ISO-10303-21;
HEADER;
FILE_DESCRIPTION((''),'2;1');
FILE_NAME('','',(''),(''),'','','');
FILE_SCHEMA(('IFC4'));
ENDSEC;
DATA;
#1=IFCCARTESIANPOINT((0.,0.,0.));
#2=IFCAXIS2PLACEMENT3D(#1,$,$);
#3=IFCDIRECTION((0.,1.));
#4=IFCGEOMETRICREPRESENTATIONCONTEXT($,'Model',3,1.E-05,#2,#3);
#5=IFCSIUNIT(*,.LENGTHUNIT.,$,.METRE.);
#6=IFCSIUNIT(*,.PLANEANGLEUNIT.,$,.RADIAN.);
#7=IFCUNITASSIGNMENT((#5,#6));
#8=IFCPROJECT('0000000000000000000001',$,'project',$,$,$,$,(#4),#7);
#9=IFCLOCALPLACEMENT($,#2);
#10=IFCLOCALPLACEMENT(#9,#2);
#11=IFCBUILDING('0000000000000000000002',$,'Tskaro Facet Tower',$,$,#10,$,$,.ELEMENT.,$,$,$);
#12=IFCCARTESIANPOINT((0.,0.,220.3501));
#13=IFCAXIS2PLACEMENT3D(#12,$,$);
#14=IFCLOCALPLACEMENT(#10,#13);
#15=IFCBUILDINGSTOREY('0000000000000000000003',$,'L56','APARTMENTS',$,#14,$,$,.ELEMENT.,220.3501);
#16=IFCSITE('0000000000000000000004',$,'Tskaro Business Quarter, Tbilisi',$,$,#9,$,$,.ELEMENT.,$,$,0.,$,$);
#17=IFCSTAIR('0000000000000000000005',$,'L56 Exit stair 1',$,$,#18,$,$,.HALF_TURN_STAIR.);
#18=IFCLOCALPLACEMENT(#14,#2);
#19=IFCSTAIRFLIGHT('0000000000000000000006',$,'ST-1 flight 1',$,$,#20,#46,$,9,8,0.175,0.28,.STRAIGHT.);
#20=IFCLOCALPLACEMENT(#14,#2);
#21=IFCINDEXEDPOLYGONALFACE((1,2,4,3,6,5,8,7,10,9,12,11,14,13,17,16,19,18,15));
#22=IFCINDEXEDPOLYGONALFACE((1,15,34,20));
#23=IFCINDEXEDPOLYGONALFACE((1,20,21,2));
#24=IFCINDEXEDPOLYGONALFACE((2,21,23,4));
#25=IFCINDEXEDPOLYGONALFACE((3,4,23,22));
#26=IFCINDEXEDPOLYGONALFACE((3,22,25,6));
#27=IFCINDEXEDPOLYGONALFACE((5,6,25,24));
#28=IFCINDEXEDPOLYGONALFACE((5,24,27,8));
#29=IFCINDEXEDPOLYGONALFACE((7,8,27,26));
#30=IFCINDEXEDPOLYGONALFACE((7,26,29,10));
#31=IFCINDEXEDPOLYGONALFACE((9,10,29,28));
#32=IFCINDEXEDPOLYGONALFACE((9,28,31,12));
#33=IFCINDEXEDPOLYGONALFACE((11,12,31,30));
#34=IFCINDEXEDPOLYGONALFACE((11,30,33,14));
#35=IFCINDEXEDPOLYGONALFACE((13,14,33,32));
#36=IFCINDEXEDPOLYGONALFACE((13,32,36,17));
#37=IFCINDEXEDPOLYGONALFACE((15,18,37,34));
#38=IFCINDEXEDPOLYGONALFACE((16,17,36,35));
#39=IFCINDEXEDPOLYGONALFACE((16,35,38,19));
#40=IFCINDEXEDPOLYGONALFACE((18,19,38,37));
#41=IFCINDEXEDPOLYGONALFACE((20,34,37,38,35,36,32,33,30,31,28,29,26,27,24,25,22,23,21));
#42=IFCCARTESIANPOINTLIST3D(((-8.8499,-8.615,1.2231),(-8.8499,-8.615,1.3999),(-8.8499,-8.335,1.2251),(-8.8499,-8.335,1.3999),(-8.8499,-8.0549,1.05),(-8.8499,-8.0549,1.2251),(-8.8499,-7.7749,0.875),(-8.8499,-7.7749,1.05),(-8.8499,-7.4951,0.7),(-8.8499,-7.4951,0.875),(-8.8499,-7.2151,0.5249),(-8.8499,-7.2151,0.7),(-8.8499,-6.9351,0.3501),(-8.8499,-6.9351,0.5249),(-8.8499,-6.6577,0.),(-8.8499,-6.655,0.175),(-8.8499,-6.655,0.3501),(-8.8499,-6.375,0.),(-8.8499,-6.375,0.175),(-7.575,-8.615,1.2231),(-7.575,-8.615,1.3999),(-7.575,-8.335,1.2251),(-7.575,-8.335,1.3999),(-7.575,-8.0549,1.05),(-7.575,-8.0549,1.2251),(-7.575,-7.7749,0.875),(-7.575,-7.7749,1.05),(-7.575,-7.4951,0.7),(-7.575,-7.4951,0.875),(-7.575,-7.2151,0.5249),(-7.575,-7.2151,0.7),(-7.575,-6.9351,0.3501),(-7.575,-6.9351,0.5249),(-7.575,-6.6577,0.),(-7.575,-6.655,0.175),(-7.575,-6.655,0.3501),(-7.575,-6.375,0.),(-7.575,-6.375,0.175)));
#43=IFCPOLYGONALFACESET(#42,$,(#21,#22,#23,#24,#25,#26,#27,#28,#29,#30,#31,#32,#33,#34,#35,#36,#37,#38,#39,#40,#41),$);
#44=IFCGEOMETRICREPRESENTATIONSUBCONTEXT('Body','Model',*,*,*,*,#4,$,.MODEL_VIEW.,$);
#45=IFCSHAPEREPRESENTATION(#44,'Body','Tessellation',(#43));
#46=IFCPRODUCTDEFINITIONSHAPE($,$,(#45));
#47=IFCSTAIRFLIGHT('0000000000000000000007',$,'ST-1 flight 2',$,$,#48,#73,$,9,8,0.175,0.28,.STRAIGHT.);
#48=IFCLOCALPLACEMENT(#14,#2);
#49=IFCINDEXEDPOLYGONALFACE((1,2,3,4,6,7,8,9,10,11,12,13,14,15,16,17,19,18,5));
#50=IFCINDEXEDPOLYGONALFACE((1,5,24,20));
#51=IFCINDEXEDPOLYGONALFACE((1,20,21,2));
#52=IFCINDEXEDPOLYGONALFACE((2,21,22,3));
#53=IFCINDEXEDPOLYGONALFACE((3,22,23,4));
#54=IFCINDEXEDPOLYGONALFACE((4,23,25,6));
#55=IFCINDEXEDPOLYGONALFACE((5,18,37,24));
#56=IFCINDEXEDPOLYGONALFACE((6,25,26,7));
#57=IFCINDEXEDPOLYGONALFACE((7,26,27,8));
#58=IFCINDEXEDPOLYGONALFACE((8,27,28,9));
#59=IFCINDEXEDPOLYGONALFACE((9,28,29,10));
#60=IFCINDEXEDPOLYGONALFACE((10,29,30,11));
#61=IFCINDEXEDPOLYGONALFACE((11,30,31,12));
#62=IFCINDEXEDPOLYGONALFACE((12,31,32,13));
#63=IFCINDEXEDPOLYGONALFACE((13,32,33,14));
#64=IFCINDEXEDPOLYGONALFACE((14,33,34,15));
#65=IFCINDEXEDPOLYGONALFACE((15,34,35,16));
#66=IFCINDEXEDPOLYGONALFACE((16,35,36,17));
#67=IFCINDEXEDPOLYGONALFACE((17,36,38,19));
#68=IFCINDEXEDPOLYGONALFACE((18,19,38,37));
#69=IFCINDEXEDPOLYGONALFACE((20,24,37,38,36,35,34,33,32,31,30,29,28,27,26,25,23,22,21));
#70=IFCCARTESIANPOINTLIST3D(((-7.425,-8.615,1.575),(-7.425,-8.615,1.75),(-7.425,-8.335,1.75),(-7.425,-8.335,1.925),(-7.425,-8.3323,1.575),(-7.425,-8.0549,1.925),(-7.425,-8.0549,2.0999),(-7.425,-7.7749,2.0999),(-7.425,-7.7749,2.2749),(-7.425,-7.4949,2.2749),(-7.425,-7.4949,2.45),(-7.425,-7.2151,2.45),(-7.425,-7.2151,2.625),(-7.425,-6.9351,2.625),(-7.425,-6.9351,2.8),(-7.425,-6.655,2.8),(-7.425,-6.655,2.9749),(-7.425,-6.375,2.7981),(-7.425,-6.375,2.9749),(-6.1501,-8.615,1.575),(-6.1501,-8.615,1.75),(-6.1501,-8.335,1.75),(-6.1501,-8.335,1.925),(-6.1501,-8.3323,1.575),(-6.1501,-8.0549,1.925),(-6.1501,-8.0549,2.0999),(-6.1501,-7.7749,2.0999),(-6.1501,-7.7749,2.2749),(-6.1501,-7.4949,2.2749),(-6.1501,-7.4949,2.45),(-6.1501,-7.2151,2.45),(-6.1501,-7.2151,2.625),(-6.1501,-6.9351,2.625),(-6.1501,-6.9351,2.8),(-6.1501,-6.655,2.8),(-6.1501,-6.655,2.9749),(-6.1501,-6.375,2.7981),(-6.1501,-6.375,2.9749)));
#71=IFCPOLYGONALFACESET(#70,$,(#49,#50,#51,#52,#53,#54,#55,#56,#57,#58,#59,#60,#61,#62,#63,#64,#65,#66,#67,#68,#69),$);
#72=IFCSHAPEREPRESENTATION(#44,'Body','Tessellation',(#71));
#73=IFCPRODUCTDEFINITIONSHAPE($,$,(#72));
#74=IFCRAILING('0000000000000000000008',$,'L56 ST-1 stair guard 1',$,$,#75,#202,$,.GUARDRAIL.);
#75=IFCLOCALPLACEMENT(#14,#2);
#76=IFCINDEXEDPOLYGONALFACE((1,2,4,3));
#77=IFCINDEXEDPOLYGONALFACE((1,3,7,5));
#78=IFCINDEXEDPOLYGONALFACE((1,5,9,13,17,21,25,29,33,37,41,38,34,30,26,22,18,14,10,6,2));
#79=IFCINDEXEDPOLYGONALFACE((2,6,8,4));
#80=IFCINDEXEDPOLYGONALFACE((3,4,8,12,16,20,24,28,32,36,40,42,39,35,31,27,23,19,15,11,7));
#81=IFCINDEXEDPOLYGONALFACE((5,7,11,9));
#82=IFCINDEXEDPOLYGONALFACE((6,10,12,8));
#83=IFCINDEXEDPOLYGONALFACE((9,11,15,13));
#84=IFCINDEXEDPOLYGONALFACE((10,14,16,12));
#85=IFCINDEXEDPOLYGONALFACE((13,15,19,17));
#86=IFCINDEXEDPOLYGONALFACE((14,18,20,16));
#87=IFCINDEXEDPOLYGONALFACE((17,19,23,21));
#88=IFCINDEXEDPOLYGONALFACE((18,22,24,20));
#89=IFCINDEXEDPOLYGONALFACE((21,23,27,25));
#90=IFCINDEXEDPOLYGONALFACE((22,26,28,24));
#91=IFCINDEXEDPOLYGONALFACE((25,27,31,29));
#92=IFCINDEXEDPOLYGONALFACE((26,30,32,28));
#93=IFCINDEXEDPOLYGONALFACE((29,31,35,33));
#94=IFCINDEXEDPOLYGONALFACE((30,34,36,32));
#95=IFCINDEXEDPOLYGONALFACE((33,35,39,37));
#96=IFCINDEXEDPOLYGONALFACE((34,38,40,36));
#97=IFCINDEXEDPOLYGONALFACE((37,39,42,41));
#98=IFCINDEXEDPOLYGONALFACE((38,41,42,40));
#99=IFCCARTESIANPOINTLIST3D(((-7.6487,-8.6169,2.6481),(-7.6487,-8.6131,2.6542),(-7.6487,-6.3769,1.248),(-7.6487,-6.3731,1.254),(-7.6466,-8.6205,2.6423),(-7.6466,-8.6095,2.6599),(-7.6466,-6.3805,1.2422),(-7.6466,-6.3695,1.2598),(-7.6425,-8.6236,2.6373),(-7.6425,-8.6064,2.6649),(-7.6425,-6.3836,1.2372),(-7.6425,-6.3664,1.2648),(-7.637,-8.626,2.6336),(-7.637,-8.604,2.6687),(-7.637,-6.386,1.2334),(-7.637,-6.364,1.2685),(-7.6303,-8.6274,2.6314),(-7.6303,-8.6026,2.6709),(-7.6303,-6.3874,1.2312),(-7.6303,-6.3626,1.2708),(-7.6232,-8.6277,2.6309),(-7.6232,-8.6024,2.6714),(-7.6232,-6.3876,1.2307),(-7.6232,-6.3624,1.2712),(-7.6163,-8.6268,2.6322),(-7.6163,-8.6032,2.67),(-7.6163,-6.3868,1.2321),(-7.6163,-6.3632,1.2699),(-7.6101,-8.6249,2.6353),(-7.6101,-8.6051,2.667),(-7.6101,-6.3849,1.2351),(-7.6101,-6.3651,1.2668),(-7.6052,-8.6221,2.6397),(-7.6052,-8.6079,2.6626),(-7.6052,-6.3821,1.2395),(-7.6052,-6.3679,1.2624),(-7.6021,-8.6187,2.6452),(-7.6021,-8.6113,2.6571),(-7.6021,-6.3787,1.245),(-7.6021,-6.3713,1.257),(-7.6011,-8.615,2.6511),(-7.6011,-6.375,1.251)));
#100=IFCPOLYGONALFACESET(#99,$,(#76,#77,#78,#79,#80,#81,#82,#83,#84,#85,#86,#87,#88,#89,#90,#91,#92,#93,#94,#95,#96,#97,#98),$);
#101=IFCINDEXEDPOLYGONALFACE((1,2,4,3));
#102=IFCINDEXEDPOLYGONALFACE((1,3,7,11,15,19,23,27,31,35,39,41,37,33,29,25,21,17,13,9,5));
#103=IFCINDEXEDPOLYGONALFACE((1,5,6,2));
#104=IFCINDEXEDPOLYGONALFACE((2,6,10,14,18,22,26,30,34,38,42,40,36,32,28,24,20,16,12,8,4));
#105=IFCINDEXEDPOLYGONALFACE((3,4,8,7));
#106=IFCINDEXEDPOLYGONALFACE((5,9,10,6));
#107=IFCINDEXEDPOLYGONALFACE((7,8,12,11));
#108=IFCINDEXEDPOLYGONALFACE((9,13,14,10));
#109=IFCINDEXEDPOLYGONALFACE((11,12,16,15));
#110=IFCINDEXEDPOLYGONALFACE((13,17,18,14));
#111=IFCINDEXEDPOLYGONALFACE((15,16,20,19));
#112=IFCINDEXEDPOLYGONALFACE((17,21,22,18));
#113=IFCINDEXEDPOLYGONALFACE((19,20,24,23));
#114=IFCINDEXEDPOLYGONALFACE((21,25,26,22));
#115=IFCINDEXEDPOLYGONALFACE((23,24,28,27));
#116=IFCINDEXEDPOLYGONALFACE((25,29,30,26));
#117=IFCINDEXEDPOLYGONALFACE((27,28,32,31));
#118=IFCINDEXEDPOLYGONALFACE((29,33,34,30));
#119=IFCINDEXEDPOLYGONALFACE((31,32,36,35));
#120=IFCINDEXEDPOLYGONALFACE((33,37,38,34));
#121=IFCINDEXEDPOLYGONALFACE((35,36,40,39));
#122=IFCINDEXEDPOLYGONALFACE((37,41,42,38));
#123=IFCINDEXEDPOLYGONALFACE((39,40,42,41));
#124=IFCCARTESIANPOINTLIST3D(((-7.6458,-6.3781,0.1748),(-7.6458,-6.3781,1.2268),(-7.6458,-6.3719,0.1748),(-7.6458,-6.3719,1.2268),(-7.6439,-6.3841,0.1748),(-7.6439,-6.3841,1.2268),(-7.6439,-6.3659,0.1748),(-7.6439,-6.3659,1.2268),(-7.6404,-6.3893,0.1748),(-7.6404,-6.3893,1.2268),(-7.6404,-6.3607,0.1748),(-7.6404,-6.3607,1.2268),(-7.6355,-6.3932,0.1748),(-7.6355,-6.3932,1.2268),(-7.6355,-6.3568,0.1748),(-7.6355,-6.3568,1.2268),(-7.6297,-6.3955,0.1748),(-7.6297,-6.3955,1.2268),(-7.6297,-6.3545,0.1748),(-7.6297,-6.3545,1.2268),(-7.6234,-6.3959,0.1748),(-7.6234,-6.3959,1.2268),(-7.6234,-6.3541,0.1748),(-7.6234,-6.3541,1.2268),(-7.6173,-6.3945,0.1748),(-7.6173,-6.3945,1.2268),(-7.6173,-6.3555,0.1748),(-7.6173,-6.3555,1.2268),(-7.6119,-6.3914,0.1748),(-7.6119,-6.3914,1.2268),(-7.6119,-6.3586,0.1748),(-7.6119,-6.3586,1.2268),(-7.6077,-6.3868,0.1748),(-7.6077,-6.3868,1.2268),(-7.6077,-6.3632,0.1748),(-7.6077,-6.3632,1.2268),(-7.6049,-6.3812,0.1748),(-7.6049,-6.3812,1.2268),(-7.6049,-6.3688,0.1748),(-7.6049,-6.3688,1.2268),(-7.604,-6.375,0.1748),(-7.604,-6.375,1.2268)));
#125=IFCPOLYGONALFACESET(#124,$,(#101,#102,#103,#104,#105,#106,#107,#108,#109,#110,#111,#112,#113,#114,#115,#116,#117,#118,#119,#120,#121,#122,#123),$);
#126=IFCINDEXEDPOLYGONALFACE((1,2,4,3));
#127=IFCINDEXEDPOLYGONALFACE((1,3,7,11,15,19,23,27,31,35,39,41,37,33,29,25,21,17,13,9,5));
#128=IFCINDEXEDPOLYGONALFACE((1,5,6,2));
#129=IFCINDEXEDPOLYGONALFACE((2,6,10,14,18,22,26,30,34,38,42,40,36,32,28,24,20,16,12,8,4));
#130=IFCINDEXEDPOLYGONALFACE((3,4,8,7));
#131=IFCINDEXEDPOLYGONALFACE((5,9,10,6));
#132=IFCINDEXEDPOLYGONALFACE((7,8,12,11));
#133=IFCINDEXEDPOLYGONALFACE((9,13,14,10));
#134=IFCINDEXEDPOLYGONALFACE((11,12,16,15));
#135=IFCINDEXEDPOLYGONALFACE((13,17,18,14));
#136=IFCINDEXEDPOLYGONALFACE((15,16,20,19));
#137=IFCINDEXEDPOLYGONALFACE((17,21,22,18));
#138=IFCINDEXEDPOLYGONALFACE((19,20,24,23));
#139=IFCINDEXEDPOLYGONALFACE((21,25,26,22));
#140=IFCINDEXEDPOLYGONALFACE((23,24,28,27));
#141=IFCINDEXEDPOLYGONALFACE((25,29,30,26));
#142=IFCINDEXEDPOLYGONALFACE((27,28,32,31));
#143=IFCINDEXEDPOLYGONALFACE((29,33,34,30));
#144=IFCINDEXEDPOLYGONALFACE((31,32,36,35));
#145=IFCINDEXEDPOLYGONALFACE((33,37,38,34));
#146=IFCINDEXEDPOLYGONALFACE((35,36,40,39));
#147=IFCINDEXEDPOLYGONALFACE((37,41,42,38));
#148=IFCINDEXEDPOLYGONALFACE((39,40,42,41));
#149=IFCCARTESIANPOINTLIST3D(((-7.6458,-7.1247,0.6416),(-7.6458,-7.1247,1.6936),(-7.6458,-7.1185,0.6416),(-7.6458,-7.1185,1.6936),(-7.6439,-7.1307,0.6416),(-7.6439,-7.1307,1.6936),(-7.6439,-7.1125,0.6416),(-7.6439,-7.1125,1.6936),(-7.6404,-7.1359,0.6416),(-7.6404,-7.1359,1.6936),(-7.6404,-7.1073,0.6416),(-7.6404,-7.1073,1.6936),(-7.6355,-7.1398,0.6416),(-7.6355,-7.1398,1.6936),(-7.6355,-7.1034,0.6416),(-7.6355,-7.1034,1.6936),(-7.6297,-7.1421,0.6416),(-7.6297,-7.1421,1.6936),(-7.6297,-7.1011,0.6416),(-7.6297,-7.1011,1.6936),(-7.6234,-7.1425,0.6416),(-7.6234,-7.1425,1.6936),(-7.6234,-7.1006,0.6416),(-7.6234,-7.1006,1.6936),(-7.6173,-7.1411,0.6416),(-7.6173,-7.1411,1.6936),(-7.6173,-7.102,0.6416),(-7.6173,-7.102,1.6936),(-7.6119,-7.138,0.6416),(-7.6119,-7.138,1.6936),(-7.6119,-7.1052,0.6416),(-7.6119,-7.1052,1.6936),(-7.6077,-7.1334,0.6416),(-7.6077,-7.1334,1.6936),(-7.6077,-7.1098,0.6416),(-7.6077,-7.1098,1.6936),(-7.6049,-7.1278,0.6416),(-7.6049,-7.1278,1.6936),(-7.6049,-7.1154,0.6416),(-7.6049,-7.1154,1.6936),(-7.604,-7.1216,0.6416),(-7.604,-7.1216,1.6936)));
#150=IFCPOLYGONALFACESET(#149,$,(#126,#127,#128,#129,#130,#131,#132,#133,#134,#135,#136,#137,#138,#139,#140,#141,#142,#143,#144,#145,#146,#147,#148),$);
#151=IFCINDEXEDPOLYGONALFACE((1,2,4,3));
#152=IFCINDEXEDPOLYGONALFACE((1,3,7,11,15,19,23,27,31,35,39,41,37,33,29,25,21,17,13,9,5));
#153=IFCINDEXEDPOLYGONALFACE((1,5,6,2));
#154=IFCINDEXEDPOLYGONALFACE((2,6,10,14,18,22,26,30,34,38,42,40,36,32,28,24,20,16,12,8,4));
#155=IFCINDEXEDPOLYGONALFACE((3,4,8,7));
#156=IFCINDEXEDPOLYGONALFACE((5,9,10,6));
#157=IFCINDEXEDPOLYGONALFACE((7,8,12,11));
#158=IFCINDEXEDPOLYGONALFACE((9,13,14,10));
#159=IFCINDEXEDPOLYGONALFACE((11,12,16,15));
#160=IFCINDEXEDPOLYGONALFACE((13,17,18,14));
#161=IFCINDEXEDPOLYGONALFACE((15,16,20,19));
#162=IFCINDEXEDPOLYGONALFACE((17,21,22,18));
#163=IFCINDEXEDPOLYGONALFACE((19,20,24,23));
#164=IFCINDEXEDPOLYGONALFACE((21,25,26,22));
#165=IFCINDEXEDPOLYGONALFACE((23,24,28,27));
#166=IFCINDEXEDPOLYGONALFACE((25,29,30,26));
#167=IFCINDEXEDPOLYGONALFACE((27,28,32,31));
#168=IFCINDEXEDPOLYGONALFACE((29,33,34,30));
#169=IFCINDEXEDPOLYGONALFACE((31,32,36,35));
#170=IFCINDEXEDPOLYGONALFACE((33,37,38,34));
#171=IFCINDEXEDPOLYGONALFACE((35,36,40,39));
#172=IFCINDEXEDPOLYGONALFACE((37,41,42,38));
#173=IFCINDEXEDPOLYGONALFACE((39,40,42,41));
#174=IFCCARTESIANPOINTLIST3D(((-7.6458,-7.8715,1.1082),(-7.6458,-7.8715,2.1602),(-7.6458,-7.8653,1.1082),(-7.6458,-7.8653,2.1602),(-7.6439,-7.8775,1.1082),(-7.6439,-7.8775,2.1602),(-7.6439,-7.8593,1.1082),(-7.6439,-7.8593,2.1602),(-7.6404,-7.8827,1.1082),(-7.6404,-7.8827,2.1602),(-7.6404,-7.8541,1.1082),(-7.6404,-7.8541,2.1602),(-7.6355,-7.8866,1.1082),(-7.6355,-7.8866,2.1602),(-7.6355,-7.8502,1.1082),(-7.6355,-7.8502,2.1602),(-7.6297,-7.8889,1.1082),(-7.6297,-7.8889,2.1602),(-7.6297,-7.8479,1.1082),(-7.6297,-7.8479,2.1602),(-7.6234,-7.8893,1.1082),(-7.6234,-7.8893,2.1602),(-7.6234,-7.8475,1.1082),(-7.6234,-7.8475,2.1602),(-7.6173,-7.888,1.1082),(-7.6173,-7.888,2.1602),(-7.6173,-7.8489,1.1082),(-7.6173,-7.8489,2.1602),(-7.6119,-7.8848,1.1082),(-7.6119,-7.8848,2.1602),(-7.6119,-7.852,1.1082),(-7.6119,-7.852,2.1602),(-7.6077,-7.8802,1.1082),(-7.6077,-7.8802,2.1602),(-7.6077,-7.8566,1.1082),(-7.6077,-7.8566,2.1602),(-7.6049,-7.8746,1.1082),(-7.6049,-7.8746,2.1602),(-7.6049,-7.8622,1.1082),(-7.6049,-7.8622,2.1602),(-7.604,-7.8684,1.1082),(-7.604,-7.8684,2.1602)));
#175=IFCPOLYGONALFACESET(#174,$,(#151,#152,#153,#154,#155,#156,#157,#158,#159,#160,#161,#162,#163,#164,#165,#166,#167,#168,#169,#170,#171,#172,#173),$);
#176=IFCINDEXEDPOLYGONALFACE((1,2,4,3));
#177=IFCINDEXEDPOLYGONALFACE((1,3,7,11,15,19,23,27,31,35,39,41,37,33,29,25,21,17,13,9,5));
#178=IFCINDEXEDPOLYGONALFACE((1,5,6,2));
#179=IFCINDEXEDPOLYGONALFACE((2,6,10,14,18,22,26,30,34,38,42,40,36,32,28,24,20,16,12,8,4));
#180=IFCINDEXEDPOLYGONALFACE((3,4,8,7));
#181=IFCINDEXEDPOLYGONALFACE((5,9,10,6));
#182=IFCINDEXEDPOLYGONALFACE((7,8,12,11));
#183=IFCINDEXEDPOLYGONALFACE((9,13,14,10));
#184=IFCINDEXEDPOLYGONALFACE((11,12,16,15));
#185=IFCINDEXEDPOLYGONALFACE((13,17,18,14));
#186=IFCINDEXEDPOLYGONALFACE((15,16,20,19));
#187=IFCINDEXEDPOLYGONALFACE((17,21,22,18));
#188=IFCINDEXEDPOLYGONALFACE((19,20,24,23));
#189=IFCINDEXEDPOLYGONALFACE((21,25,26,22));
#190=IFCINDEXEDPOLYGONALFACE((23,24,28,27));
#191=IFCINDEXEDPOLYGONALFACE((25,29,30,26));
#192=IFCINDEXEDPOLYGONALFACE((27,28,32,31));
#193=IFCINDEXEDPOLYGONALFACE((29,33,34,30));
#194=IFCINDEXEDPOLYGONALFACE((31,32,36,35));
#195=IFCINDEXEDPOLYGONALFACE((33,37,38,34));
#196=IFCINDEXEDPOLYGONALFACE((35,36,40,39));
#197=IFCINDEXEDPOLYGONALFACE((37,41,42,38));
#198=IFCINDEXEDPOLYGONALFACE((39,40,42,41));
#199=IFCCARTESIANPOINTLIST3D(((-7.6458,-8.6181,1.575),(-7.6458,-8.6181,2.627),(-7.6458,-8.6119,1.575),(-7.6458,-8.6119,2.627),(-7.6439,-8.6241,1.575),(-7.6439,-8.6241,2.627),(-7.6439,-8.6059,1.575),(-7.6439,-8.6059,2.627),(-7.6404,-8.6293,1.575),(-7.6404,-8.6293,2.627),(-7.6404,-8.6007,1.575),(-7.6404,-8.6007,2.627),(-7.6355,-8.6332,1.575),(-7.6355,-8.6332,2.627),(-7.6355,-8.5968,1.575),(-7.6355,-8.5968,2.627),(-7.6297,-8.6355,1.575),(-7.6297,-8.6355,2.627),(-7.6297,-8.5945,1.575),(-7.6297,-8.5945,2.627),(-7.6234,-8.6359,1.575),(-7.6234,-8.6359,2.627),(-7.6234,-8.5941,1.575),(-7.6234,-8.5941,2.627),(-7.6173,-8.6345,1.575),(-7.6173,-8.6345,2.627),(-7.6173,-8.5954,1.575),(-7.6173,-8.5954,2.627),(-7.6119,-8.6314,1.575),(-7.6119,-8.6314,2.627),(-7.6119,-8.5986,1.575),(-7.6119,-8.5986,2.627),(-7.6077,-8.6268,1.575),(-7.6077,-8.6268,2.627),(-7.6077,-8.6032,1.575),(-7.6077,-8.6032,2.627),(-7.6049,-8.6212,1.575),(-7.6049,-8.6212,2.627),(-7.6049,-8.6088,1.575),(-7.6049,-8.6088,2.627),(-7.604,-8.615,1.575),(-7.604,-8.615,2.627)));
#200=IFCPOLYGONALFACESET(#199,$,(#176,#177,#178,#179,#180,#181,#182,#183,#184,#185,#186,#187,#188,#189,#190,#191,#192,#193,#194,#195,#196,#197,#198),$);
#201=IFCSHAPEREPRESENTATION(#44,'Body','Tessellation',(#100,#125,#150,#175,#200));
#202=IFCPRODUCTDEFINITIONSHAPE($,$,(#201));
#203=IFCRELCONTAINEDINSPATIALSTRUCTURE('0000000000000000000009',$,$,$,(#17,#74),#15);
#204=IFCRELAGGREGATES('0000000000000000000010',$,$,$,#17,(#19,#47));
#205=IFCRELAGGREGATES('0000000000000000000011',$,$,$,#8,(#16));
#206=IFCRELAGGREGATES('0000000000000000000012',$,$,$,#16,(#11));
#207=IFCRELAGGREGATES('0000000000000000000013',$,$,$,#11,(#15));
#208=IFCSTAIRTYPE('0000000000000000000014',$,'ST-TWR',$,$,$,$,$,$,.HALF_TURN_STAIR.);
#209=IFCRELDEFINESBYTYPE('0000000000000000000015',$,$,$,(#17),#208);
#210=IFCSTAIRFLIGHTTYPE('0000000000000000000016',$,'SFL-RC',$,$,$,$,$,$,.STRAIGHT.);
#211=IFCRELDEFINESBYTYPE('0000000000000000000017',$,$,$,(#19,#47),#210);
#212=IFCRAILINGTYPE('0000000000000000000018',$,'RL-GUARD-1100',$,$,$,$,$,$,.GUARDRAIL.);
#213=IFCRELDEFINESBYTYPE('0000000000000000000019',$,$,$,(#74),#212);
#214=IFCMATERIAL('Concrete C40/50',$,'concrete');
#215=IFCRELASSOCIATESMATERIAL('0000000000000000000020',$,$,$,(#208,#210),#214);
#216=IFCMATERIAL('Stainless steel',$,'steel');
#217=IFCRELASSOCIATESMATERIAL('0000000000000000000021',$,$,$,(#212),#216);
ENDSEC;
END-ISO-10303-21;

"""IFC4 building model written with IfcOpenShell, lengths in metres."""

from ifc_helpers import new_model, si_unit, direction, frame, origin, origin_2d, place, context, subcontext, project, spatial, polyline, circle, outline, extrude, material, type_object, element, aggregate, save


model = new_model("IFC4")

# Units and contexts
model_context = context("Model", 3, precision=1e-05, world=origin(), true_north=direction((0.0, 1.0)))
body_context = subcontext(model_context, "Body", "Model", "MODEL_VIEW")
ifc_project = project(units=[si_unit("LENGTHUNIT", "METRE"), si_unit("PLANEANGLEUNIT", "RADIAN")], contexts=[model_context])

# Site, building, storey
site_placement = place(None, origin())
site = spatial("IfcSite", under=ifc_project, at=site_placement, Name="Tskaro Business Quarter, Tbilisi", CompositionType="ELEMENT", RefElevation=0.0)
building_placement = place(site_placement, origin())
building = spatial("IfcBuilding", under=site, at=building_placement, Name="Tskaro Facet Tower", CompositionType="ELEMENT")
storey_placement = place(building_placement, frame((0.0, 0.0, 220.3501)))
storey = spatial("IfcBuildingStorey", under=building, at=storey_placement, Name="L56", Description="APARTMENTS", CompositionType="ELEMENT", Elevation=220.3501)

# Shared definitions
ifc_material_1 = material(Name="Stainless steel", Category="steel")

# Shared definitions
ifc_material_2 = material(Name="Concrete C40/50", Category="concrete")

# Stair, stair flights
stair_type = type_object("IfcStairType", Name="ST-TWR", PredefinedType="HALF_TURN_STAIR", material=ifc_material_2)
stair_placement = place(storey_placement, origin())
stair = element("IfcStair", 1, at=stair_placement, inside=storey, type_object=stair_type, Name="L56 Exit stair 1", PredefinedType="HALF_TURN_STAIR")
stair_flight_type = type_object("IfcStairFlightType", Name="SFL-RC", PredefinedType="STRAIGHT", material=ifc_material_2)
stair_flight_1_placement = place(storey_placement, frame((-8.2124, -6.375, 0.0), z_axis=(0.0, 0.0, 1.0), x_axis=(0.0, -1.0, 0.0)))
stair_flight_1 = element("IfcStairFlight", 2, at=stair_flight_1_placement, type_object=stair_flight_type, Name="ST-1 flight 1", NumberOfRisers=9, NumberOfTreads=8, PredefinedType="STRAIGHT", RiserHeight=0.175, TreadLength=0.28, context=body_context, shape_type="SweptSolid", body=[
    extrude(outline(polyline([(0.0, 0.0), (0.0, 0.175), (0.28, 0.175), (0.28, 0.3501), (0.5601, 0.3501), (0.5601, 0.5249), (0.8401, 0.5249), (0.8401, 0.7), (1.1201, 0.7), (1.1201, 0.875), (1.3999, 0.875), (1.3999, 1.05), (1.6799, 1.05), (1.6799, 1.2251), (1.96, 1.2251), (1.96, 1.3999), (2.24, 1.3999), (2.24, 1.575), (2.24, 1.2231), (0.2827, 0.0), (0.0, 0.0)])), frame((0.0, 0.6375, 0.0), z_axis=(0.0, -1.0, 0.0), x_axis=(1.0, 0.0, 0.0)), (0.0, 0.0, 1.0), 1.2749),
])
stair_flight_2_placement = place(storey_placement, frame((-6.7876, -8.615, 1.575), z_axis=(0.0, 0.0, 1.0), x_axis=(0.0, 1.0, 0.0)))
stair_flight_2 = element("IfcStairFlight", 3, at=stair_flight_2_placement, type_object=stair_flight_type, Name="ST-1 flight 2", NumberOfRisers=9, NumberOfTreads=8, PredefinedType="STRAIGHT", RiserHeight=0.175, TreadLength=0.28, context=body_context, shape_type="SweptSolid", body=[
    extrude(outline(polyline([(0.0, 0.0), (0.0, 0.175), (0.28, 0.175), (0.28, 0.3501), (0.5601, 0.3501), (0.5601, 0.5249), (0.8401, 0.5249), (0.8401, 0.7), (1.1201, 0.7), (1.1201, 0.875), (1.3999, 0.875), (1.3999, 1.05), (1.6799, 1.05), (1.6799, 1.2251), (1.96, 1.2251), (1.96, 1.3999), (2.24, 1.3999), (2.24, 1.575), (2.24, 1.2231), (0.2827, 0.0), (0.0, 0.0)])), frame((0.0, 0.6375, 0.0), z_axis=(0.0, -1.0, 0.0), x_axis=(1.0, 0.0, 0.0)), (0.0, 0.0, 1.0), 1.2749),
])
aggregate(stair, [stair_flight_1, stair_flight_2])

# Railing
railing_type_1 = type_object("IfcRailingType", Name="RL-GUARD-1100", PredefinedType="GUARDRAIL", material=ifc_material_1)
railing_1_placement = place(storey_placement, frame((-7.625, -6.375, 0.1748)))
element("IfcRailing", 4, at=railing_1_placement, inside=storey, type_object=railing_type_1, Name="L56 ST-1 stair guard 1", PredefinedType="GUARDRAIL", context=body_context, shape_type="SweptSolid", body=[
    extrude(circle(Radius=0.0239, at=origin_2d()), frame((0.0, 0.0, 1.0762), z_axis=(0.0, -0.847972, 0.53004), x_axis=(1.0, 0.0, 0.0)), (0.0, 0.0, 1.0), 2.6416),
    extrude(circle(Radius=0.021, at=origin_2d()), origin(), (0.0, 0.0, 1.0), 1.052),
    extrude(circle(Radius=0.021, at=origin_2d()), frame((0.0, -0.7466, 0.4668)), (0.0, 0.0, 1.0), 1.052),
    extrude(circle(Radius=0.021, at=origin_2d()), frame((0.0, -1.4934, 0.9333)), (0.0, 0.0, 1.0), 1.052),
    extrude(circle(Radius=0.021, at=origin_2d()), frame((0.0, -2.24, 1.4001)), (0.0, 0.0, 1.0), 1.052),
])

save(model, "model.ifc")
